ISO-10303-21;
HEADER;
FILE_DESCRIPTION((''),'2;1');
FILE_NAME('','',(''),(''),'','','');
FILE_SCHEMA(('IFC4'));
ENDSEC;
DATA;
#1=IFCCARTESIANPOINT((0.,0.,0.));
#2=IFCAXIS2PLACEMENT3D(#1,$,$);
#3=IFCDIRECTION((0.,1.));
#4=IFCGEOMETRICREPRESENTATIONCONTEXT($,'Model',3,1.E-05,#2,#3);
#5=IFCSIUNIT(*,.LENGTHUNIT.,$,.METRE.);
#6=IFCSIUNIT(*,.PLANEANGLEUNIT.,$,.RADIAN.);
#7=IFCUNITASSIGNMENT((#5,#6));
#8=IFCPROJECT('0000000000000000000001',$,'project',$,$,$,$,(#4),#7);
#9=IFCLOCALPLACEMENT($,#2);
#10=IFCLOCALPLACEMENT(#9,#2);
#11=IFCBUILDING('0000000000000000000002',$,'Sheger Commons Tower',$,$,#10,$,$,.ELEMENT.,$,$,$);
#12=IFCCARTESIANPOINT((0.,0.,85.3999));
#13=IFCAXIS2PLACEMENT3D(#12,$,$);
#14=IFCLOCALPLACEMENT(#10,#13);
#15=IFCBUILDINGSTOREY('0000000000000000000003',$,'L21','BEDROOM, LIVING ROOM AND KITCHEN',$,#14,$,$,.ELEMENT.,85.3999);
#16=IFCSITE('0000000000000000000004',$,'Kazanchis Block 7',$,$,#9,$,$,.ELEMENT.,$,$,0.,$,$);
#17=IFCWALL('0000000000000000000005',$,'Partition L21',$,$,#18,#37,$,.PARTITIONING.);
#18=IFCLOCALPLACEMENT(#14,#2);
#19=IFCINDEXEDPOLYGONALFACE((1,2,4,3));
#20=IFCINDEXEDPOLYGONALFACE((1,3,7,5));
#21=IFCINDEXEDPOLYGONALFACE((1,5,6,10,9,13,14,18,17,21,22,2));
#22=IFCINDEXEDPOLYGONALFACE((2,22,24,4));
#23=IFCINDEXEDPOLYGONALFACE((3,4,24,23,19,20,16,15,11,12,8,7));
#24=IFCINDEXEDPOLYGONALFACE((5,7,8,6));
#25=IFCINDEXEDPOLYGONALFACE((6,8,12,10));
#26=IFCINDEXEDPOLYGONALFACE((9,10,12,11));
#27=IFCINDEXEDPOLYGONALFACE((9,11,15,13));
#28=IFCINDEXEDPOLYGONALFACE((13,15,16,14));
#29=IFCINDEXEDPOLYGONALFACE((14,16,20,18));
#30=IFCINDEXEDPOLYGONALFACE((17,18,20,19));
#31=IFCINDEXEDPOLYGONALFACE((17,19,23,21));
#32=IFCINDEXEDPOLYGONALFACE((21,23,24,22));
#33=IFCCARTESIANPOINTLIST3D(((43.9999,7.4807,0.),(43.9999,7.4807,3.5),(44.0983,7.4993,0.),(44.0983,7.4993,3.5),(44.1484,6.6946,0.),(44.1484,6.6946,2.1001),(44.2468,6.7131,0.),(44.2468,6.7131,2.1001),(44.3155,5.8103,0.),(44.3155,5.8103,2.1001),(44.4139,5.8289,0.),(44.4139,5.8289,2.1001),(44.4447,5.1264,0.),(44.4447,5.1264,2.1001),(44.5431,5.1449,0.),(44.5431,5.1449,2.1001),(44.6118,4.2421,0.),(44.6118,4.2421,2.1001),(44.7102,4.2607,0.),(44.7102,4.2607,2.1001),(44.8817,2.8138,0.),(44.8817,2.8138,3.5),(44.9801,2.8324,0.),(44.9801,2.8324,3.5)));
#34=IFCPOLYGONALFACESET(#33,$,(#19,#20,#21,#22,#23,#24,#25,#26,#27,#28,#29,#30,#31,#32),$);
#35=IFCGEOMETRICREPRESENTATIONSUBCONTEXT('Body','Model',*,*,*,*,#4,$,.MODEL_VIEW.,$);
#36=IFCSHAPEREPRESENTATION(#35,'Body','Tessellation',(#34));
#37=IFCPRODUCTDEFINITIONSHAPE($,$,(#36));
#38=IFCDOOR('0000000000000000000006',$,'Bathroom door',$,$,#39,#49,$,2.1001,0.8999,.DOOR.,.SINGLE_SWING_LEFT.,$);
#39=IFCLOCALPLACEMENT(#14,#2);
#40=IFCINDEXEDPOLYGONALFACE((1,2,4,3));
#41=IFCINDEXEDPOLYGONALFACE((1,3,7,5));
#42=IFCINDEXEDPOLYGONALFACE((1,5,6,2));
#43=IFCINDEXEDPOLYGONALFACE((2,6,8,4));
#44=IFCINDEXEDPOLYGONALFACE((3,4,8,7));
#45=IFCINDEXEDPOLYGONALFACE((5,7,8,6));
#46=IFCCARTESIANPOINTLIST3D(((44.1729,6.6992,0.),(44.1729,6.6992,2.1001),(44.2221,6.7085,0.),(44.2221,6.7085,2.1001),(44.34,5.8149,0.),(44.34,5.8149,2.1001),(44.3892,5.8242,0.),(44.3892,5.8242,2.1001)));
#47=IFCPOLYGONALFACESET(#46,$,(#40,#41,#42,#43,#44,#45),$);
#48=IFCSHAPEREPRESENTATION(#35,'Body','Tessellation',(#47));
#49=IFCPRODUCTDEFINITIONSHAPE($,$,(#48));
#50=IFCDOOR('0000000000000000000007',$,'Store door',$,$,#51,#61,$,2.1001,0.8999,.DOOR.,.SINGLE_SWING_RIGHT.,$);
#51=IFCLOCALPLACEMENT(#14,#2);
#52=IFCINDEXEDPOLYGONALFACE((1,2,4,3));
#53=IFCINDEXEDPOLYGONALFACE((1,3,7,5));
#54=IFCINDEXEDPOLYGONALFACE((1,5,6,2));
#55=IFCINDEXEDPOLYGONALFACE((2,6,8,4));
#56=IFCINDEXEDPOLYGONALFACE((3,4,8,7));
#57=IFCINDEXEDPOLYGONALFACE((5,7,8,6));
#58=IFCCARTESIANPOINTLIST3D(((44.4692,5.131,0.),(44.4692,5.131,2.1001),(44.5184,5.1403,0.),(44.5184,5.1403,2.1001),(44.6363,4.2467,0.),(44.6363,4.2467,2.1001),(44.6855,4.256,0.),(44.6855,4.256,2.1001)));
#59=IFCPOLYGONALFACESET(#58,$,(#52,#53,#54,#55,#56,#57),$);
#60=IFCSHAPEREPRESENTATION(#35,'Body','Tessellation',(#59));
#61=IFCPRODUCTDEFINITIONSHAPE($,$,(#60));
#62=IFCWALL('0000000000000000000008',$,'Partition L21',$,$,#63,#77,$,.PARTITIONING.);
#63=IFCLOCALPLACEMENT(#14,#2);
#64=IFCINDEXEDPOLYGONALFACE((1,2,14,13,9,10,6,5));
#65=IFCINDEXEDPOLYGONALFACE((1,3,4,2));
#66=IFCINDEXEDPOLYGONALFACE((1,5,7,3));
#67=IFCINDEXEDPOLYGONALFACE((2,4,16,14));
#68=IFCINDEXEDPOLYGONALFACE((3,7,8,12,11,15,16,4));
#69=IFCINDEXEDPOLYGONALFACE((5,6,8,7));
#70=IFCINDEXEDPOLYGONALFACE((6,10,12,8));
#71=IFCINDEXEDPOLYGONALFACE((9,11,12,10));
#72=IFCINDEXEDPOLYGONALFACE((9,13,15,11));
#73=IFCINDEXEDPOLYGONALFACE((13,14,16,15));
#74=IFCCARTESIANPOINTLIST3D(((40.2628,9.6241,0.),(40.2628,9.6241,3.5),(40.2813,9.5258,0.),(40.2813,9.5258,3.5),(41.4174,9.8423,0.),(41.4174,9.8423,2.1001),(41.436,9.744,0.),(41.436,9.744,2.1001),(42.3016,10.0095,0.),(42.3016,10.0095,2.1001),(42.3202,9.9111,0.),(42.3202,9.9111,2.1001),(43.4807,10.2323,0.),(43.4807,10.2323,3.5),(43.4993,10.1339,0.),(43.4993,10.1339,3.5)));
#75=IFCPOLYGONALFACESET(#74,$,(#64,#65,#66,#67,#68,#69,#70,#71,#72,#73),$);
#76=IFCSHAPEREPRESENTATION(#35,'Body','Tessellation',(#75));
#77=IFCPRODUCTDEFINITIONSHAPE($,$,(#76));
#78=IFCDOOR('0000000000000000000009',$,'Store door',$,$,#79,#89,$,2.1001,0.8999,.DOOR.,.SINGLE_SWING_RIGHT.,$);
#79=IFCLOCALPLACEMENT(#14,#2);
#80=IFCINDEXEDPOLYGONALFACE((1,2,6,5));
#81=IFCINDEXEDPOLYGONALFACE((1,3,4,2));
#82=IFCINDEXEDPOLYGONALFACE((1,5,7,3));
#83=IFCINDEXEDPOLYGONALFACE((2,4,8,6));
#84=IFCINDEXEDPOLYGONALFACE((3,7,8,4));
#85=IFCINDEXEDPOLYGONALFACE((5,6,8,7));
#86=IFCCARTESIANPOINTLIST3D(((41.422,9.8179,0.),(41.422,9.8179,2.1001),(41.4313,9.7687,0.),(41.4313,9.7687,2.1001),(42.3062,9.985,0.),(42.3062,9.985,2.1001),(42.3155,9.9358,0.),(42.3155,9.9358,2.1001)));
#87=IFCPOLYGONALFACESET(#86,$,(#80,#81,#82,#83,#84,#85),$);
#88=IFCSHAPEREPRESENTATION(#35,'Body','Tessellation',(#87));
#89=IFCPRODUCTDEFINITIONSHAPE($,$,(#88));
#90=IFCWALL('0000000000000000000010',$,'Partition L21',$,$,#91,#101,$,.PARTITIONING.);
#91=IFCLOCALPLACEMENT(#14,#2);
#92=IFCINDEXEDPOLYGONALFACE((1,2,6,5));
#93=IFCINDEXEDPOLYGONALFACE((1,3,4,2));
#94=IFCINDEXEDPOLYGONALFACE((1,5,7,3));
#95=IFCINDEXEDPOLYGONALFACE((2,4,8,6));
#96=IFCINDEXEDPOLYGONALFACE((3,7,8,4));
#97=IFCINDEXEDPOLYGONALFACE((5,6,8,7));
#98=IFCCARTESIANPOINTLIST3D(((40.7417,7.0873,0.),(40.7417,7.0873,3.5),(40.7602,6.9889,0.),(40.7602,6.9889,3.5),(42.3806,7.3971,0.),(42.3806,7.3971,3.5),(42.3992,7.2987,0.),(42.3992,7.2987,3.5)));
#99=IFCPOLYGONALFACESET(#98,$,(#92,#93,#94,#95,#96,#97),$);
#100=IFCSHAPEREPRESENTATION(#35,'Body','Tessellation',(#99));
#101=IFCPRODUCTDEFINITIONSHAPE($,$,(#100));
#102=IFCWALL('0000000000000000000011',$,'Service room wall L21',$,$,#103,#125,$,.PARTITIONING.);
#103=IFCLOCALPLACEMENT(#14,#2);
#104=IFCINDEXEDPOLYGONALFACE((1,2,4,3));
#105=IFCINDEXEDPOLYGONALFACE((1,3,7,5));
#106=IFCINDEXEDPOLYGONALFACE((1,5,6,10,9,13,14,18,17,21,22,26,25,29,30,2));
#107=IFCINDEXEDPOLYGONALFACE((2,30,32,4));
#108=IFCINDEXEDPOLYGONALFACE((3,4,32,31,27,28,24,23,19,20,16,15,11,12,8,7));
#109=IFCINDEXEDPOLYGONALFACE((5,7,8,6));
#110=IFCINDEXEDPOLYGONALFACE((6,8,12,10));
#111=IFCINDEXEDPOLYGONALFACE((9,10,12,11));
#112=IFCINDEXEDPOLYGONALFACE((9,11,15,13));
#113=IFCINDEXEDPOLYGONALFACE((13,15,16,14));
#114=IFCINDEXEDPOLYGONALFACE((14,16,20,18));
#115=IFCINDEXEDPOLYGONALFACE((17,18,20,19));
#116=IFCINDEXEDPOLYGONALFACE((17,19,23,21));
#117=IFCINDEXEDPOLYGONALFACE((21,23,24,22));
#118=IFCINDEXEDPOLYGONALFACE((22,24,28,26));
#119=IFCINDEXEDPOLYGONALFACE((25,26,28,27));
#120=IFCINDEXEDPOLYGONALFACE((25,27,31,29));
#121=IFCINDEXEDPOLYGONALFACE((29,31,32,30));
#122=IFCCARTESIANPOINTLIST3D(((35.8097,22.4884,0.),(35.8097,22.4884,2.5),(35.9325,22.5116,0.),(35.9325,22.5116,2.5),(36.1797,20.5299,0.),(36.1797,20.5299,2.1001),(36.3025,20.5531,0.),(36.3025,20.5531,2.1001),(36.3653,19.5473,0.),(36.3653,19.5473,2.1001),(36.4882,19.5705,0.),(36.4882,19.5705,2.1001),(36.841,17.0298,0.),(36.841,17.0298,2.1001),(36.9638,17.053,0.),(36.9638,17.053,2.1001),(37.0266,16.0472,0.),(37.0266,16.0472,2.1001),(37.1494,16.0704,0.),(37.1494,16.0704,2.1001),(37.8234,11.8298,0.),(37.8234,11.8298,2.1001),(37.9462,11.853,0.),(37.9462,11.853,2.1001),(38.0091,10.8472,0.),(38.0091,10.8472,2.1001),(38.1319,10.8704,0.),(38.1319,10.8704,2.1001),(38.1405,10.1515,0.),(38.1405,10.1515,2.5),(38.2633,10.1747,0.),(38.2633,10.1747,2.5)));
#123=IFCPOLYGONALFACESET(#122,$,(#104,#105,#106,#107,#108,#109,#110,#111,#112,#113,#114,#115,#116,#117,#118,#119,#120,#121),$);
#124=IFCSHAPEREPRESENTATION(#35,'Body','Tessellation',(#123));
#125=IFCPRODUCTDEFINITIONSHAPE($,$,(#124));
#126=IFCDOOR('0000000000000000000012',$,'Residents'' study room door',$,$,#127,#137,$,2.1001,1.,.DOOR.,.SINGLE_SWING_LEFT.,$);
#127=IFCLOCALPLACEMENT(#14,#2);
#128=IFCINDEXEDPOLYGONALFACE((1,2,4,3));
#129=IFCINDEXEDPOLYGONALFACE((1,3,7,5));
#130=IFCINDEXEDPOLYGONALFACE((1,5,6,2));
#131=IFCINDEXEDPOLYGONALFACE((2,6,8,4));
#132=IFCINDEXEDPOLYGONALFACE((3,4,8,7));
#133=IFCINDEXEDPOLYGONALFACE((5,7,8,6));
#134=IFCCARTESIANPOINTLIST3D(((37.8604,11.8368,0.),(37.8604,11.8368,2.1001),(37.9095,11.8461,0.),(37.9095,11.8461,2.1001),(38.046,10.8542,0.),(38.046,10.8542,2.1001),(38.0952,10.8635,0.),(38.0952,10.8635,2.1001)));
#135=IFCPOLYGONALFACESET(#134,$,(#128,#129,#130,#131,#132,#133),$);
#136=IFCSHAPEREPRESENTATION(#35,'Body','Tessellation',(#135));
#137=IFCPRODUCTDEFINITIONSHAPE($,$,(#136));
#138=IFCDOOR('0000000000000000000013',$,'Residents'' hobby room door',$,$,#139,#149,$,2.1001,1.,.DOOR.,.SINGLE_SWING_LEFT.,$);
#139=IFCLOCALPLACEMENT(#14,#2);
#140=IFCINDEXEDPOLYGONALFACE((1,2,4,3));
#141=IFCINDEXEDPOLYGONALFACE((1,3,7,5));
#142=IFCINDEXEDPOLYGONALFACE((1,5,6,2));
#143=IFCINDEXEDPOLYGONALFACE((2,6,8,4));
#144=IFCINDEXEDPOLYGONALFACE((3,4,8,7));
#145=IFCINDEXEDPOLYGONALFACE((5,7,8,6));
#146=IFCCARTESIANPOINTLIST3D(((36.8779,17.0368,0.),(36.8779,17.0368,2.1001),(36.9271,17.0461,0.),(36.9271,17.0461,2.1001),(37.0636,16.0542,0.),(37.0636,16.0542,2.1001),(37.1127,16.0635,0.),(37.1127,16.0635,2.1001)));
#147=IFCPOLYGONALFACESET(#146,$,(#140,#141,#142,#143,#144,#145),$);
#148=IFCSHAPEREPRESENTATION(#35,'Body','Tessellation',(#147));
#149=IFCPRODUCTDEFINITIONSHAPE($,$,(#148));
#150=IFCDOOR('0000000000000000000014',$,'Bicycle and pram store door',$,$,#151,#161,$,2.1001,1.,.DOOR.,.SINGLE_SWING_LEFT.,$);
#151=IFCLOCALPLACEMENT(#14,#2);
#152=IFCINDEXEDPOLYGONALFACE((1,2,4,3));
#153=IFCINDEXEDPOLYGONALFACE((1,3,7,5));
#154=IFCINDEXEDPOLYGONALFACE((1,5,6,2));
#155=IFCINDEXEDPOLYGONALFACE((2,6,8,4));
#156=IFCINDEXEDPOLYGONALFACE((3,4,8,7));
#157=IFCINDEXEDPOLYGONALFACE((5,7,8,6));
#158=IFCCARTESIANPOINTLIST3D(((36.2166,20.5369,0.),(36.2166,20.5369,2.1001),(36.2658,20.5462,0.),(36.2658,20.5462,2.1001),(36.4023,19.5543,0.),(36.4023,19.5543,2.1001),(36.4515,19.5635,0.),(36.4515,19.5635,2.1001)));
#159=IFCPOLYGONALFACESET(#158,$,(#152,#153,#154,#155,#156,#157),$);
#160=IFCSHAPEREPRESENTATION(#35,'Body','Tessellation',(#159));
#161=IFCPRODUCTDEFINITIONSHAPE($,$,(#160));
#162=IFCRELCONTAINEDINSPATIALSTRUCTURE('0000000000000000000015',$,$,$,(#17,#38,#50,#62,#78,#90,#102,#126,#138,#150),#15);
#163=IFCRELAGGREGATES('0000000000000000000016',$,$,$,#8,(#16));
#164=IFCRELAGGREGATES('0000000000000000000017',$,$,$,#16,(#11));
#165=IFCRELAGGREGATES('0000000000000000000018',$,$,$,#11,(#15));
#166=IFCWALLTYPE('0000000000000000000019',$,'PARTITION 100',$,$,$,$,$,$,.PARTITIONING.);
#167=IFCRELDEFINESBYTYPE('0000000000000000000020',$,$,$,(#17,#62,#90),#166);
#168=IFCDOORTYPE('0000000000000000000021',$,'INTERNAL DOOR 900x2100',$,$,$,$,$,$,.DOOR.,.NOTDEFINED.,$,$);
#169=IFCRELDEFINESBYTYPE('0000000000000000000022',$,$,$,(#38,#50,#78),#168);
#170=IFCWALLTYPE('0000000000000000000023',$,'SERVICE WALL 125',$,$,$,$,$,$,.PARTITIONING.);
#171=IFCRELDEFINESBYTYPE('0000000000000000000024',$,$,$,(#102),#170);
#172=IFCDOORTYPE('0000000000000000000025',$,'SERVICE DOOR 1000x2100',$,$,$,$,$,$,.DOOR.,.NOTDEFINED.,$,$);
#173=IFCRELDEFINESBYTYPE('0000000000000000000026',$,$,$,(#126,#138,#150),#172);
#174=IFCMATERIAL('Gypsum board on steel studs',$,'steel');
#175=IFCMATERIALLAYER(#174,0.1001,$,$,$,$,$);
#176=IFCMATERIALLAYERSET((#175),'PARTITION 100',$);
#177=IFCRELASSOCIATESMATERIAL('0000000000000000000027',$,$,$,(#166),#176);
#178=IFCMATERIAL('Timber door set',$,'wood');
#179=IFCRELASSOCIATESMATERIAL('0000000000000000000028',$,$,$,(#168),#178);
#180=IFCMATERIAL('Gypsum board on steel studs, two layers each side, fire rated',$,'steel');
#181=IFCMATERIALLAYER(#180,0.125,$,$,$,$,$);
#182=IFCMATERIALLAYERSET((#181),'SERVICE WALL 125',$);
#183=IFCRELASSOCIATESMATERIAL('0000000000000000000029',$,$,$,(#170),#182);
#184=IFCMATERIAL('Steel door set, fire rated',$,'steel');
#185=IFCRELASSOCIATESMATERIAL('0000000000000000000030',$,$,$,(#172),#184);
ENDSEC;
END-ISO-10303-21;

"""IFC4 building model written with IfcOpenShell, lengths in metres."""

from ifc_helpers import new_model, si_unit, direction, frame, frame_2d, origin, place, context, subcontext, project, spatial, rectangle, extrude, material, layer, layer_set, type_object, element, fill, save


model = new_model("IFC4")

# Units and contexts
model_context = context("Model", 3, precision=1e-05, world=origin(), true_north=direction((0.0, 1.0)))
body_context = subcontext(model_context, "Body", "Model", "MODEL_VIEW")
ifc_project = project(units=[si_unit("LENGTHUNIT", "METRE"), si_unit("PLANEANGLEUNIT", "RADIAN")], contexts=[model_context])

# Site, building, storey
site_placement = place(None, origin())
site = spatial("IfcSite", under=ifc_project, at=site_placement, Name="Kazanchis Block 7", CompositionType="ELEMENT", RefElevation=0.0)
building_placement = place(site_placement, origin())
building = spatial("IfcBuilding", under=site, at=building_placement, Name="Sheger Commons Tower", CompositionType="ELEMENT")
storey_placement = place(building_placement, frame((0.0, 0.0, 85.3999)))
storey = spatial("IfcBuildingStorey", under=building, at=storey_placement, Name="L21", Description="BEDROOM, LIVING ROOM AND KITCHEN", CompositionType="ELEMENT", Elevation=85.3999)

# Shared definitions
ifc_material_1 = material(Name="Gypsum board on steel studs", Category="steel")
ifc_layer_1 = layer(ifc_material_1, 0.1001)
ifc_layer_set_1 = layer_set([ifc_layer_1], Name="PARTITION 100")
wall_type_1 = type_object("IfcWallType", Name="PARTITION 100", PredefinedType="PARTITIONING", material=ifc_layer_set_1)
ifc_material_2 = material(Name="Timber door set", Category="wood")
door_type_1 = type_object("IfcDoorType", Name="INTERNAL DOOR 900x2100", OperationType="NOTDEFINED", PredefinedType="DOOR", material=ifc_material_2)

# Wall, openings, doors
wall_1_placement = place(storey_placement, frame((44.0491, 7.49, 0.0), z_axis=(0.0, 0.0, 1.0), x_axis=(0.185666, -0.982613, 0.0)))
wall_1 = element("IfcWall", 1, at=wall_1_placement, inside=storey, type_object=wall_type_1, Name="Partition L21", PredefinedType="PARTITIONING", context=body_context, shape_type="SweptSolid", body=[
    extrude(rectangle(XDim=4.7495, YDim=0.1001, at=frame_2d((2.3748, 0.0))), origin(), (0.0, 0.0, 1.0), 3.5),
])
opening_1_placement = place(wall_1_placement, frame((0.8, 0.0, 0.0)))
opening_1 = element("IfcOpeningElement", 2, at=opening_1_placement, cuts=wall_1, PredefinedType="OPENING", context=body_context, shape_type="SweptSolid", body=[
    extrude(rectangle(XDim=0.8999, YDim=2.1001, at=frame_2d((0.45, 1.05))), frame((0.0, 0.0601, 0.0), z_axis=(0.0, -1.0, 0.0), x_axis=(1.0, 0.0, 0.0)), (0.0, 0.0, 1.0), 0.1201),
])
opening_2_placement = place(wall_1_placement, frame((2.396, 0.0, 0.0)))
opening_2 = element("IfcOpeningElement", 3, at=opening_2_placement, cuts=wall_1, PredefinedType="OPENING", context=body_context, shape_type="SweptSolid", body=[
    extrude(rectangle(XDim=0.8999, YDim=2.1001, at=frame_2d((0.45, 1.05))), frame((0.0, 0.0601, 0.0), z_axis=(0.0, -1.0, 0.0), x_axis=(1.0, 0.0, 0.0)), (0.0, 0.0, 1.0), 0.1201),
])
door_1_placement = place(opening_1_placement, origin())
door_1 = element("IfcDoor", 4, at=door_1_placement, inside=storey, type_object=door_type_1, Name="Bathroom door", OperationType="SINGLE_SWING_LEFT", OverallHeight=2.1001, OverallWidth=0.8999, PredefinedType="DOOR", context=body_context, shape_type="SweptSolid", body=[
    extrude(rectangle(XDim=0.8999, YDim=2.1001, at=frame_2d((0.45, 1.05))), frame((0.0, 0.0249, 0.0), z_axis=(0.0, -1.0, 0.0), x_axis=(1.0, 0.0, 0.0)), (0.0, 0.0, 1.0), 0.05),
])
fill(opening_1, door_1)
door_2_placement = place(opening_2_placement, origin())
door_2 = element("IfcDoor", 5, at=door_2_placement, inside=storey, type_object=door_type_1, Name="Store door", OperationType="SINGLE_SWING_RIGHT", OverallHeight=2.1001, OverallWidth=0.8999, PredefinedType="DOOR", context=body_context, shape_type="SweptSolid", body=[
    extrude(rectangle(XDim=0.8999, YDim=2.1001, at=frame_2d((0.45, 1.05))), frame((0.0, 0.0249, 0.0), z_axis=(0.0, -1.0, 0.0), x_axis=(1.0, 0.0, 0.0)), (0.0, 0.0, 1.0), 0.05),
])
fill(opening_2, door_2)

# Wall, opening, door
wall_2_placement = place(storey_placement, frame((43.49, 10.1831, 0.0), z_axis=(0.0, 0.0, 1.0), x_axis=(-0.982607, -0.185697, 0.0)))
wall_2 = element("IfcWall", 6, at=wall_2_placement, inside=storey, type_object=wall_type_1, Name="Partition L21", PredefinedType="PARTITIONING", context=body_context, shape_type="SweptSolid", body=[
    extrude(rectangle(XDim=3.2749, YDim=0.1001, at=frame_2d((1.6375, 0.0))), origin(), (0.0, 0.0, 1.0), 3.5),
])
opening_3_placement = place(wall_2_placement, frame((1.2, 0.0, 0.0)))
opening_3 = element("IfcOpeningElement", 7, at=opening_3_placement, cuts=wall_2, PredefinedType="OPENING", context=body_context, shape_type="SweptSolid", body=[
    extrude(rectangle(XDim=0.8999, YDim=2.1001, at=frame_2d((0.45, 1.05))), frame((0.0, 0.0601, 0.0), z_axis=(0.0, -1.0, 0.0), x_axis=(1.0, 0.0, 0.0)), (0.0, 0.0, 1.0), 0.1201),
])
door_3_placement = place(opening_3_placement, origin())
door_3 = element("IfcDoor", 8, at=door_3_placement, inside=storey, type_object=door_type_1, Name="Store door", OperationType="SINGLE_SWING_RIGHT", OverallHeight=2.1001, OverallWidth=0.8999, PredefinedType="DOOR", context=body_context, shape_type="SweptSolid", body=[
    extrude(rectangle(XDim=0.8999, YDim=2.1001, at=frame_2d((0.45, 1.05))), frame((0.0, 0.0249, 0.0), z_axis=(0.0, -1.0, 0.0), x_axis=(1.0, 0.0, 0.0)), (0.0, 0.0, 1.0), 0.05),
])
fill(opening_3, door_3)

# Wall
wall_3_placement = place(storey_placement, frame((42.3899, 7.3479, 0.0), z_axis=(0.0, 0.0, 1.0), x_axis=(-0.982598, -0.185747, 0.0)))
element("IfcWall", 9, at=wall_3_placement, inside=storey, type_object=wall_type_1, Name="Partition L21", PredefinedType="PARTITIONING", context=body_context, shape_type="SweptSolid", body=[
    extrude(rectangle(XDim=1.668, YDim=0.1001, at=frame_2d((0.834, 0.0))), origin(), (0.0, 0.0, 1.0), 3.5),
])

# Wall, openings, doors
ifc_material_3 = material(Name="Gypsum board on steel studs, two layers each side, fire rated", Category="steel")
ifc_layer_2 = layer(ifc_material_3, 0.125)
ifc_layer_set_2 = layer_set([ifc_layer_2], Name="SERVICE WALL 125")
wall_type_2 = type_object("IfcWallType", Name="SERVICE WALL 125", PredefinedType="PARTITIONING", material=ifc_layer_set_2)
wall_4_placement = place(storey_placement, frame((38.2019, 10.1631, 0.0), z_axis=(0.0, 0.0, 1.0), x_axis=(-0.185646, 0.982617, 0.0)))
wall_4 = element("IfcWall", 10, at=wall_4_placement, inside=storey, type_object=wall_type_2, Name="Service room wall L21", PredefinedType="PARTITIONING", context=body_context, shape_type="SweptSolid", body=[
    extrude(rectangle(XDim=12.5552, YDim=0.125, at=frame_2d((6.2776, 0.0))), origin(), (0.0, 0.0, 1.0), 2.5),
])
opening_4_placement = place(wall_4_placement, frame((0.708, 0.0, 0.0)))
opening_4 = element("IfcOpeningElement", 11, at=opening_4_placement, cuts=wall_4, PredefinedType="OPENING", context=body_context, shape_type="SweptSolid", body=[
    extrude(rectangle(XDim=1.0, YDim=2.1001, at=frame_2d((0.5, 1.05))), frame((0.0, 0.0725, 0.0), z_axis=(0.0, -1.0, 0.0), x_axis=(1.0, 0.0, 0.0)), (0.0, 0.0, 1.0), 0.145),
])
opening_5_placement = place(wall_4_placement, frame((6.0, 0.0, 0.0)))
opening_5 = element("IfcOpeningElement", 12, at=opening_5_placement, cuts=wall_4, PredefinedType="OPENING", context=body_context, shape_type="SweptSolid", body=[
    extrude(rectangle(XDim=1.0, YDim=2.1001, at=frame_2d((0.5, 1.05))), frame((0.0, 0.0725, 0.0), z_axis=(0.0, -1.0, 0.0), x_axis=(1.0, 0.0, 0.0)), (0.0, 0.0, 1.0), 0.145),
])
opening_6_placement = place(wall_4_placement, frame((9.562, 0.0, 0.0)))
opening_6 = element("IfcOpeningElement", 13, at=opening_6_placement, cuts=wall_4, PredefinedType="OPENING", context=body_context, shape_type="SweptSolid", body=[
    extrude(rectangle(XDim=1.0, YDim=2.1001, at=frame_2d((0.5, 1.05))), frame((0.0, 0.0725, 0.0), z_axis=(0.0, -1.0, 0.0), x_axis=(1.0, 0.0, 0.0)), (0.0, 0.0, 1.0), 0.145),
])
ifc_material_4 = material(Name="Steel door set, fire rated", Category="steel")
door_type_2 = type_object("IfcDoorType", Name="SERVICE DOOR 1000x2100", OperationType="NOTDEFINED", PredefinedType="DOOR", material=ifc_material_4)
door_4_placement = place(opening_4_placement, origin())
door_4 = element("IfcDoor", 14, at=door_4_placement, inside=storey, type_object=door_type_2, Name="Residents' study room door", OperationType="SINGLE_SWING_LEFT", OverallHeight=2.1001, OverallWidth=1.0, PredefinedType="DOOR", context=body_context, shape_type="SweptSolid", body=[
    extrude(rectangle(XDim=1.0, YDim=2.1001, at=frame_2d((0.5, 1.05))), frame((0.0, 0.0249, 0.0), z_axis=(0.0, -1.0, 0.0), x_axis=(1.0, 0.0, 0.0)), (0.0, 0.0, 1.0), 0.05),
])
fill(opening_4, door_4)
door_5_placement = place(opening_5_placement, origin())
door_5 = element("IfcDoor", 15, at=door_5_placement, inside=storey, type_object=door_type_2, Name="Residents' hobby room door", OperationType="SINGLE_SWING_LEFT", OverallHeight=2.1001, OverallWidth=1.0, PredefinedType="DOOR", context=body_context, shape_type="SweptSolid", body=[
    extrude(rectangle(XDim=1.0, YDim=2.1001, at=frame_2d((0.5, 1.05))), frame((0.0, 0.0249, 0.0), z_axis=(0.0, -1.0, 0.0), x_axis=(1.0, 0.0, 0.0)), (0.0, 0.0, 1.0), 0.05),
])
fill(opening_5, door_5)
door_6_placement = place(opening_6_placement, origin())
door_6 = element("IfcDoor", 16, at=door_6_placement, inside=storey, type_object=door_type_2, Name="Bicycle and pram store door", OperationType="SINGLE_SWING_LEFT", OverallHeight=2.1001, OverallWidth=1.0, PredefinedType="DOOR", context=body_context, shape_type="SweptSolid", body=[
    extrude(rectangle(XDim=1.0, YDim=2.1001, at=frame_2d((0.5, 1.05))), frame((0.0, 0.0249, 0.0), z_axis=(0.0, -1.0, 0.0), x_axis=(1.0, 0.0, 0.0)), (0.0, 0.0, 1.0), 0.05),
])
fill(opening_6, door_6)

save(model, "model.ifc")
